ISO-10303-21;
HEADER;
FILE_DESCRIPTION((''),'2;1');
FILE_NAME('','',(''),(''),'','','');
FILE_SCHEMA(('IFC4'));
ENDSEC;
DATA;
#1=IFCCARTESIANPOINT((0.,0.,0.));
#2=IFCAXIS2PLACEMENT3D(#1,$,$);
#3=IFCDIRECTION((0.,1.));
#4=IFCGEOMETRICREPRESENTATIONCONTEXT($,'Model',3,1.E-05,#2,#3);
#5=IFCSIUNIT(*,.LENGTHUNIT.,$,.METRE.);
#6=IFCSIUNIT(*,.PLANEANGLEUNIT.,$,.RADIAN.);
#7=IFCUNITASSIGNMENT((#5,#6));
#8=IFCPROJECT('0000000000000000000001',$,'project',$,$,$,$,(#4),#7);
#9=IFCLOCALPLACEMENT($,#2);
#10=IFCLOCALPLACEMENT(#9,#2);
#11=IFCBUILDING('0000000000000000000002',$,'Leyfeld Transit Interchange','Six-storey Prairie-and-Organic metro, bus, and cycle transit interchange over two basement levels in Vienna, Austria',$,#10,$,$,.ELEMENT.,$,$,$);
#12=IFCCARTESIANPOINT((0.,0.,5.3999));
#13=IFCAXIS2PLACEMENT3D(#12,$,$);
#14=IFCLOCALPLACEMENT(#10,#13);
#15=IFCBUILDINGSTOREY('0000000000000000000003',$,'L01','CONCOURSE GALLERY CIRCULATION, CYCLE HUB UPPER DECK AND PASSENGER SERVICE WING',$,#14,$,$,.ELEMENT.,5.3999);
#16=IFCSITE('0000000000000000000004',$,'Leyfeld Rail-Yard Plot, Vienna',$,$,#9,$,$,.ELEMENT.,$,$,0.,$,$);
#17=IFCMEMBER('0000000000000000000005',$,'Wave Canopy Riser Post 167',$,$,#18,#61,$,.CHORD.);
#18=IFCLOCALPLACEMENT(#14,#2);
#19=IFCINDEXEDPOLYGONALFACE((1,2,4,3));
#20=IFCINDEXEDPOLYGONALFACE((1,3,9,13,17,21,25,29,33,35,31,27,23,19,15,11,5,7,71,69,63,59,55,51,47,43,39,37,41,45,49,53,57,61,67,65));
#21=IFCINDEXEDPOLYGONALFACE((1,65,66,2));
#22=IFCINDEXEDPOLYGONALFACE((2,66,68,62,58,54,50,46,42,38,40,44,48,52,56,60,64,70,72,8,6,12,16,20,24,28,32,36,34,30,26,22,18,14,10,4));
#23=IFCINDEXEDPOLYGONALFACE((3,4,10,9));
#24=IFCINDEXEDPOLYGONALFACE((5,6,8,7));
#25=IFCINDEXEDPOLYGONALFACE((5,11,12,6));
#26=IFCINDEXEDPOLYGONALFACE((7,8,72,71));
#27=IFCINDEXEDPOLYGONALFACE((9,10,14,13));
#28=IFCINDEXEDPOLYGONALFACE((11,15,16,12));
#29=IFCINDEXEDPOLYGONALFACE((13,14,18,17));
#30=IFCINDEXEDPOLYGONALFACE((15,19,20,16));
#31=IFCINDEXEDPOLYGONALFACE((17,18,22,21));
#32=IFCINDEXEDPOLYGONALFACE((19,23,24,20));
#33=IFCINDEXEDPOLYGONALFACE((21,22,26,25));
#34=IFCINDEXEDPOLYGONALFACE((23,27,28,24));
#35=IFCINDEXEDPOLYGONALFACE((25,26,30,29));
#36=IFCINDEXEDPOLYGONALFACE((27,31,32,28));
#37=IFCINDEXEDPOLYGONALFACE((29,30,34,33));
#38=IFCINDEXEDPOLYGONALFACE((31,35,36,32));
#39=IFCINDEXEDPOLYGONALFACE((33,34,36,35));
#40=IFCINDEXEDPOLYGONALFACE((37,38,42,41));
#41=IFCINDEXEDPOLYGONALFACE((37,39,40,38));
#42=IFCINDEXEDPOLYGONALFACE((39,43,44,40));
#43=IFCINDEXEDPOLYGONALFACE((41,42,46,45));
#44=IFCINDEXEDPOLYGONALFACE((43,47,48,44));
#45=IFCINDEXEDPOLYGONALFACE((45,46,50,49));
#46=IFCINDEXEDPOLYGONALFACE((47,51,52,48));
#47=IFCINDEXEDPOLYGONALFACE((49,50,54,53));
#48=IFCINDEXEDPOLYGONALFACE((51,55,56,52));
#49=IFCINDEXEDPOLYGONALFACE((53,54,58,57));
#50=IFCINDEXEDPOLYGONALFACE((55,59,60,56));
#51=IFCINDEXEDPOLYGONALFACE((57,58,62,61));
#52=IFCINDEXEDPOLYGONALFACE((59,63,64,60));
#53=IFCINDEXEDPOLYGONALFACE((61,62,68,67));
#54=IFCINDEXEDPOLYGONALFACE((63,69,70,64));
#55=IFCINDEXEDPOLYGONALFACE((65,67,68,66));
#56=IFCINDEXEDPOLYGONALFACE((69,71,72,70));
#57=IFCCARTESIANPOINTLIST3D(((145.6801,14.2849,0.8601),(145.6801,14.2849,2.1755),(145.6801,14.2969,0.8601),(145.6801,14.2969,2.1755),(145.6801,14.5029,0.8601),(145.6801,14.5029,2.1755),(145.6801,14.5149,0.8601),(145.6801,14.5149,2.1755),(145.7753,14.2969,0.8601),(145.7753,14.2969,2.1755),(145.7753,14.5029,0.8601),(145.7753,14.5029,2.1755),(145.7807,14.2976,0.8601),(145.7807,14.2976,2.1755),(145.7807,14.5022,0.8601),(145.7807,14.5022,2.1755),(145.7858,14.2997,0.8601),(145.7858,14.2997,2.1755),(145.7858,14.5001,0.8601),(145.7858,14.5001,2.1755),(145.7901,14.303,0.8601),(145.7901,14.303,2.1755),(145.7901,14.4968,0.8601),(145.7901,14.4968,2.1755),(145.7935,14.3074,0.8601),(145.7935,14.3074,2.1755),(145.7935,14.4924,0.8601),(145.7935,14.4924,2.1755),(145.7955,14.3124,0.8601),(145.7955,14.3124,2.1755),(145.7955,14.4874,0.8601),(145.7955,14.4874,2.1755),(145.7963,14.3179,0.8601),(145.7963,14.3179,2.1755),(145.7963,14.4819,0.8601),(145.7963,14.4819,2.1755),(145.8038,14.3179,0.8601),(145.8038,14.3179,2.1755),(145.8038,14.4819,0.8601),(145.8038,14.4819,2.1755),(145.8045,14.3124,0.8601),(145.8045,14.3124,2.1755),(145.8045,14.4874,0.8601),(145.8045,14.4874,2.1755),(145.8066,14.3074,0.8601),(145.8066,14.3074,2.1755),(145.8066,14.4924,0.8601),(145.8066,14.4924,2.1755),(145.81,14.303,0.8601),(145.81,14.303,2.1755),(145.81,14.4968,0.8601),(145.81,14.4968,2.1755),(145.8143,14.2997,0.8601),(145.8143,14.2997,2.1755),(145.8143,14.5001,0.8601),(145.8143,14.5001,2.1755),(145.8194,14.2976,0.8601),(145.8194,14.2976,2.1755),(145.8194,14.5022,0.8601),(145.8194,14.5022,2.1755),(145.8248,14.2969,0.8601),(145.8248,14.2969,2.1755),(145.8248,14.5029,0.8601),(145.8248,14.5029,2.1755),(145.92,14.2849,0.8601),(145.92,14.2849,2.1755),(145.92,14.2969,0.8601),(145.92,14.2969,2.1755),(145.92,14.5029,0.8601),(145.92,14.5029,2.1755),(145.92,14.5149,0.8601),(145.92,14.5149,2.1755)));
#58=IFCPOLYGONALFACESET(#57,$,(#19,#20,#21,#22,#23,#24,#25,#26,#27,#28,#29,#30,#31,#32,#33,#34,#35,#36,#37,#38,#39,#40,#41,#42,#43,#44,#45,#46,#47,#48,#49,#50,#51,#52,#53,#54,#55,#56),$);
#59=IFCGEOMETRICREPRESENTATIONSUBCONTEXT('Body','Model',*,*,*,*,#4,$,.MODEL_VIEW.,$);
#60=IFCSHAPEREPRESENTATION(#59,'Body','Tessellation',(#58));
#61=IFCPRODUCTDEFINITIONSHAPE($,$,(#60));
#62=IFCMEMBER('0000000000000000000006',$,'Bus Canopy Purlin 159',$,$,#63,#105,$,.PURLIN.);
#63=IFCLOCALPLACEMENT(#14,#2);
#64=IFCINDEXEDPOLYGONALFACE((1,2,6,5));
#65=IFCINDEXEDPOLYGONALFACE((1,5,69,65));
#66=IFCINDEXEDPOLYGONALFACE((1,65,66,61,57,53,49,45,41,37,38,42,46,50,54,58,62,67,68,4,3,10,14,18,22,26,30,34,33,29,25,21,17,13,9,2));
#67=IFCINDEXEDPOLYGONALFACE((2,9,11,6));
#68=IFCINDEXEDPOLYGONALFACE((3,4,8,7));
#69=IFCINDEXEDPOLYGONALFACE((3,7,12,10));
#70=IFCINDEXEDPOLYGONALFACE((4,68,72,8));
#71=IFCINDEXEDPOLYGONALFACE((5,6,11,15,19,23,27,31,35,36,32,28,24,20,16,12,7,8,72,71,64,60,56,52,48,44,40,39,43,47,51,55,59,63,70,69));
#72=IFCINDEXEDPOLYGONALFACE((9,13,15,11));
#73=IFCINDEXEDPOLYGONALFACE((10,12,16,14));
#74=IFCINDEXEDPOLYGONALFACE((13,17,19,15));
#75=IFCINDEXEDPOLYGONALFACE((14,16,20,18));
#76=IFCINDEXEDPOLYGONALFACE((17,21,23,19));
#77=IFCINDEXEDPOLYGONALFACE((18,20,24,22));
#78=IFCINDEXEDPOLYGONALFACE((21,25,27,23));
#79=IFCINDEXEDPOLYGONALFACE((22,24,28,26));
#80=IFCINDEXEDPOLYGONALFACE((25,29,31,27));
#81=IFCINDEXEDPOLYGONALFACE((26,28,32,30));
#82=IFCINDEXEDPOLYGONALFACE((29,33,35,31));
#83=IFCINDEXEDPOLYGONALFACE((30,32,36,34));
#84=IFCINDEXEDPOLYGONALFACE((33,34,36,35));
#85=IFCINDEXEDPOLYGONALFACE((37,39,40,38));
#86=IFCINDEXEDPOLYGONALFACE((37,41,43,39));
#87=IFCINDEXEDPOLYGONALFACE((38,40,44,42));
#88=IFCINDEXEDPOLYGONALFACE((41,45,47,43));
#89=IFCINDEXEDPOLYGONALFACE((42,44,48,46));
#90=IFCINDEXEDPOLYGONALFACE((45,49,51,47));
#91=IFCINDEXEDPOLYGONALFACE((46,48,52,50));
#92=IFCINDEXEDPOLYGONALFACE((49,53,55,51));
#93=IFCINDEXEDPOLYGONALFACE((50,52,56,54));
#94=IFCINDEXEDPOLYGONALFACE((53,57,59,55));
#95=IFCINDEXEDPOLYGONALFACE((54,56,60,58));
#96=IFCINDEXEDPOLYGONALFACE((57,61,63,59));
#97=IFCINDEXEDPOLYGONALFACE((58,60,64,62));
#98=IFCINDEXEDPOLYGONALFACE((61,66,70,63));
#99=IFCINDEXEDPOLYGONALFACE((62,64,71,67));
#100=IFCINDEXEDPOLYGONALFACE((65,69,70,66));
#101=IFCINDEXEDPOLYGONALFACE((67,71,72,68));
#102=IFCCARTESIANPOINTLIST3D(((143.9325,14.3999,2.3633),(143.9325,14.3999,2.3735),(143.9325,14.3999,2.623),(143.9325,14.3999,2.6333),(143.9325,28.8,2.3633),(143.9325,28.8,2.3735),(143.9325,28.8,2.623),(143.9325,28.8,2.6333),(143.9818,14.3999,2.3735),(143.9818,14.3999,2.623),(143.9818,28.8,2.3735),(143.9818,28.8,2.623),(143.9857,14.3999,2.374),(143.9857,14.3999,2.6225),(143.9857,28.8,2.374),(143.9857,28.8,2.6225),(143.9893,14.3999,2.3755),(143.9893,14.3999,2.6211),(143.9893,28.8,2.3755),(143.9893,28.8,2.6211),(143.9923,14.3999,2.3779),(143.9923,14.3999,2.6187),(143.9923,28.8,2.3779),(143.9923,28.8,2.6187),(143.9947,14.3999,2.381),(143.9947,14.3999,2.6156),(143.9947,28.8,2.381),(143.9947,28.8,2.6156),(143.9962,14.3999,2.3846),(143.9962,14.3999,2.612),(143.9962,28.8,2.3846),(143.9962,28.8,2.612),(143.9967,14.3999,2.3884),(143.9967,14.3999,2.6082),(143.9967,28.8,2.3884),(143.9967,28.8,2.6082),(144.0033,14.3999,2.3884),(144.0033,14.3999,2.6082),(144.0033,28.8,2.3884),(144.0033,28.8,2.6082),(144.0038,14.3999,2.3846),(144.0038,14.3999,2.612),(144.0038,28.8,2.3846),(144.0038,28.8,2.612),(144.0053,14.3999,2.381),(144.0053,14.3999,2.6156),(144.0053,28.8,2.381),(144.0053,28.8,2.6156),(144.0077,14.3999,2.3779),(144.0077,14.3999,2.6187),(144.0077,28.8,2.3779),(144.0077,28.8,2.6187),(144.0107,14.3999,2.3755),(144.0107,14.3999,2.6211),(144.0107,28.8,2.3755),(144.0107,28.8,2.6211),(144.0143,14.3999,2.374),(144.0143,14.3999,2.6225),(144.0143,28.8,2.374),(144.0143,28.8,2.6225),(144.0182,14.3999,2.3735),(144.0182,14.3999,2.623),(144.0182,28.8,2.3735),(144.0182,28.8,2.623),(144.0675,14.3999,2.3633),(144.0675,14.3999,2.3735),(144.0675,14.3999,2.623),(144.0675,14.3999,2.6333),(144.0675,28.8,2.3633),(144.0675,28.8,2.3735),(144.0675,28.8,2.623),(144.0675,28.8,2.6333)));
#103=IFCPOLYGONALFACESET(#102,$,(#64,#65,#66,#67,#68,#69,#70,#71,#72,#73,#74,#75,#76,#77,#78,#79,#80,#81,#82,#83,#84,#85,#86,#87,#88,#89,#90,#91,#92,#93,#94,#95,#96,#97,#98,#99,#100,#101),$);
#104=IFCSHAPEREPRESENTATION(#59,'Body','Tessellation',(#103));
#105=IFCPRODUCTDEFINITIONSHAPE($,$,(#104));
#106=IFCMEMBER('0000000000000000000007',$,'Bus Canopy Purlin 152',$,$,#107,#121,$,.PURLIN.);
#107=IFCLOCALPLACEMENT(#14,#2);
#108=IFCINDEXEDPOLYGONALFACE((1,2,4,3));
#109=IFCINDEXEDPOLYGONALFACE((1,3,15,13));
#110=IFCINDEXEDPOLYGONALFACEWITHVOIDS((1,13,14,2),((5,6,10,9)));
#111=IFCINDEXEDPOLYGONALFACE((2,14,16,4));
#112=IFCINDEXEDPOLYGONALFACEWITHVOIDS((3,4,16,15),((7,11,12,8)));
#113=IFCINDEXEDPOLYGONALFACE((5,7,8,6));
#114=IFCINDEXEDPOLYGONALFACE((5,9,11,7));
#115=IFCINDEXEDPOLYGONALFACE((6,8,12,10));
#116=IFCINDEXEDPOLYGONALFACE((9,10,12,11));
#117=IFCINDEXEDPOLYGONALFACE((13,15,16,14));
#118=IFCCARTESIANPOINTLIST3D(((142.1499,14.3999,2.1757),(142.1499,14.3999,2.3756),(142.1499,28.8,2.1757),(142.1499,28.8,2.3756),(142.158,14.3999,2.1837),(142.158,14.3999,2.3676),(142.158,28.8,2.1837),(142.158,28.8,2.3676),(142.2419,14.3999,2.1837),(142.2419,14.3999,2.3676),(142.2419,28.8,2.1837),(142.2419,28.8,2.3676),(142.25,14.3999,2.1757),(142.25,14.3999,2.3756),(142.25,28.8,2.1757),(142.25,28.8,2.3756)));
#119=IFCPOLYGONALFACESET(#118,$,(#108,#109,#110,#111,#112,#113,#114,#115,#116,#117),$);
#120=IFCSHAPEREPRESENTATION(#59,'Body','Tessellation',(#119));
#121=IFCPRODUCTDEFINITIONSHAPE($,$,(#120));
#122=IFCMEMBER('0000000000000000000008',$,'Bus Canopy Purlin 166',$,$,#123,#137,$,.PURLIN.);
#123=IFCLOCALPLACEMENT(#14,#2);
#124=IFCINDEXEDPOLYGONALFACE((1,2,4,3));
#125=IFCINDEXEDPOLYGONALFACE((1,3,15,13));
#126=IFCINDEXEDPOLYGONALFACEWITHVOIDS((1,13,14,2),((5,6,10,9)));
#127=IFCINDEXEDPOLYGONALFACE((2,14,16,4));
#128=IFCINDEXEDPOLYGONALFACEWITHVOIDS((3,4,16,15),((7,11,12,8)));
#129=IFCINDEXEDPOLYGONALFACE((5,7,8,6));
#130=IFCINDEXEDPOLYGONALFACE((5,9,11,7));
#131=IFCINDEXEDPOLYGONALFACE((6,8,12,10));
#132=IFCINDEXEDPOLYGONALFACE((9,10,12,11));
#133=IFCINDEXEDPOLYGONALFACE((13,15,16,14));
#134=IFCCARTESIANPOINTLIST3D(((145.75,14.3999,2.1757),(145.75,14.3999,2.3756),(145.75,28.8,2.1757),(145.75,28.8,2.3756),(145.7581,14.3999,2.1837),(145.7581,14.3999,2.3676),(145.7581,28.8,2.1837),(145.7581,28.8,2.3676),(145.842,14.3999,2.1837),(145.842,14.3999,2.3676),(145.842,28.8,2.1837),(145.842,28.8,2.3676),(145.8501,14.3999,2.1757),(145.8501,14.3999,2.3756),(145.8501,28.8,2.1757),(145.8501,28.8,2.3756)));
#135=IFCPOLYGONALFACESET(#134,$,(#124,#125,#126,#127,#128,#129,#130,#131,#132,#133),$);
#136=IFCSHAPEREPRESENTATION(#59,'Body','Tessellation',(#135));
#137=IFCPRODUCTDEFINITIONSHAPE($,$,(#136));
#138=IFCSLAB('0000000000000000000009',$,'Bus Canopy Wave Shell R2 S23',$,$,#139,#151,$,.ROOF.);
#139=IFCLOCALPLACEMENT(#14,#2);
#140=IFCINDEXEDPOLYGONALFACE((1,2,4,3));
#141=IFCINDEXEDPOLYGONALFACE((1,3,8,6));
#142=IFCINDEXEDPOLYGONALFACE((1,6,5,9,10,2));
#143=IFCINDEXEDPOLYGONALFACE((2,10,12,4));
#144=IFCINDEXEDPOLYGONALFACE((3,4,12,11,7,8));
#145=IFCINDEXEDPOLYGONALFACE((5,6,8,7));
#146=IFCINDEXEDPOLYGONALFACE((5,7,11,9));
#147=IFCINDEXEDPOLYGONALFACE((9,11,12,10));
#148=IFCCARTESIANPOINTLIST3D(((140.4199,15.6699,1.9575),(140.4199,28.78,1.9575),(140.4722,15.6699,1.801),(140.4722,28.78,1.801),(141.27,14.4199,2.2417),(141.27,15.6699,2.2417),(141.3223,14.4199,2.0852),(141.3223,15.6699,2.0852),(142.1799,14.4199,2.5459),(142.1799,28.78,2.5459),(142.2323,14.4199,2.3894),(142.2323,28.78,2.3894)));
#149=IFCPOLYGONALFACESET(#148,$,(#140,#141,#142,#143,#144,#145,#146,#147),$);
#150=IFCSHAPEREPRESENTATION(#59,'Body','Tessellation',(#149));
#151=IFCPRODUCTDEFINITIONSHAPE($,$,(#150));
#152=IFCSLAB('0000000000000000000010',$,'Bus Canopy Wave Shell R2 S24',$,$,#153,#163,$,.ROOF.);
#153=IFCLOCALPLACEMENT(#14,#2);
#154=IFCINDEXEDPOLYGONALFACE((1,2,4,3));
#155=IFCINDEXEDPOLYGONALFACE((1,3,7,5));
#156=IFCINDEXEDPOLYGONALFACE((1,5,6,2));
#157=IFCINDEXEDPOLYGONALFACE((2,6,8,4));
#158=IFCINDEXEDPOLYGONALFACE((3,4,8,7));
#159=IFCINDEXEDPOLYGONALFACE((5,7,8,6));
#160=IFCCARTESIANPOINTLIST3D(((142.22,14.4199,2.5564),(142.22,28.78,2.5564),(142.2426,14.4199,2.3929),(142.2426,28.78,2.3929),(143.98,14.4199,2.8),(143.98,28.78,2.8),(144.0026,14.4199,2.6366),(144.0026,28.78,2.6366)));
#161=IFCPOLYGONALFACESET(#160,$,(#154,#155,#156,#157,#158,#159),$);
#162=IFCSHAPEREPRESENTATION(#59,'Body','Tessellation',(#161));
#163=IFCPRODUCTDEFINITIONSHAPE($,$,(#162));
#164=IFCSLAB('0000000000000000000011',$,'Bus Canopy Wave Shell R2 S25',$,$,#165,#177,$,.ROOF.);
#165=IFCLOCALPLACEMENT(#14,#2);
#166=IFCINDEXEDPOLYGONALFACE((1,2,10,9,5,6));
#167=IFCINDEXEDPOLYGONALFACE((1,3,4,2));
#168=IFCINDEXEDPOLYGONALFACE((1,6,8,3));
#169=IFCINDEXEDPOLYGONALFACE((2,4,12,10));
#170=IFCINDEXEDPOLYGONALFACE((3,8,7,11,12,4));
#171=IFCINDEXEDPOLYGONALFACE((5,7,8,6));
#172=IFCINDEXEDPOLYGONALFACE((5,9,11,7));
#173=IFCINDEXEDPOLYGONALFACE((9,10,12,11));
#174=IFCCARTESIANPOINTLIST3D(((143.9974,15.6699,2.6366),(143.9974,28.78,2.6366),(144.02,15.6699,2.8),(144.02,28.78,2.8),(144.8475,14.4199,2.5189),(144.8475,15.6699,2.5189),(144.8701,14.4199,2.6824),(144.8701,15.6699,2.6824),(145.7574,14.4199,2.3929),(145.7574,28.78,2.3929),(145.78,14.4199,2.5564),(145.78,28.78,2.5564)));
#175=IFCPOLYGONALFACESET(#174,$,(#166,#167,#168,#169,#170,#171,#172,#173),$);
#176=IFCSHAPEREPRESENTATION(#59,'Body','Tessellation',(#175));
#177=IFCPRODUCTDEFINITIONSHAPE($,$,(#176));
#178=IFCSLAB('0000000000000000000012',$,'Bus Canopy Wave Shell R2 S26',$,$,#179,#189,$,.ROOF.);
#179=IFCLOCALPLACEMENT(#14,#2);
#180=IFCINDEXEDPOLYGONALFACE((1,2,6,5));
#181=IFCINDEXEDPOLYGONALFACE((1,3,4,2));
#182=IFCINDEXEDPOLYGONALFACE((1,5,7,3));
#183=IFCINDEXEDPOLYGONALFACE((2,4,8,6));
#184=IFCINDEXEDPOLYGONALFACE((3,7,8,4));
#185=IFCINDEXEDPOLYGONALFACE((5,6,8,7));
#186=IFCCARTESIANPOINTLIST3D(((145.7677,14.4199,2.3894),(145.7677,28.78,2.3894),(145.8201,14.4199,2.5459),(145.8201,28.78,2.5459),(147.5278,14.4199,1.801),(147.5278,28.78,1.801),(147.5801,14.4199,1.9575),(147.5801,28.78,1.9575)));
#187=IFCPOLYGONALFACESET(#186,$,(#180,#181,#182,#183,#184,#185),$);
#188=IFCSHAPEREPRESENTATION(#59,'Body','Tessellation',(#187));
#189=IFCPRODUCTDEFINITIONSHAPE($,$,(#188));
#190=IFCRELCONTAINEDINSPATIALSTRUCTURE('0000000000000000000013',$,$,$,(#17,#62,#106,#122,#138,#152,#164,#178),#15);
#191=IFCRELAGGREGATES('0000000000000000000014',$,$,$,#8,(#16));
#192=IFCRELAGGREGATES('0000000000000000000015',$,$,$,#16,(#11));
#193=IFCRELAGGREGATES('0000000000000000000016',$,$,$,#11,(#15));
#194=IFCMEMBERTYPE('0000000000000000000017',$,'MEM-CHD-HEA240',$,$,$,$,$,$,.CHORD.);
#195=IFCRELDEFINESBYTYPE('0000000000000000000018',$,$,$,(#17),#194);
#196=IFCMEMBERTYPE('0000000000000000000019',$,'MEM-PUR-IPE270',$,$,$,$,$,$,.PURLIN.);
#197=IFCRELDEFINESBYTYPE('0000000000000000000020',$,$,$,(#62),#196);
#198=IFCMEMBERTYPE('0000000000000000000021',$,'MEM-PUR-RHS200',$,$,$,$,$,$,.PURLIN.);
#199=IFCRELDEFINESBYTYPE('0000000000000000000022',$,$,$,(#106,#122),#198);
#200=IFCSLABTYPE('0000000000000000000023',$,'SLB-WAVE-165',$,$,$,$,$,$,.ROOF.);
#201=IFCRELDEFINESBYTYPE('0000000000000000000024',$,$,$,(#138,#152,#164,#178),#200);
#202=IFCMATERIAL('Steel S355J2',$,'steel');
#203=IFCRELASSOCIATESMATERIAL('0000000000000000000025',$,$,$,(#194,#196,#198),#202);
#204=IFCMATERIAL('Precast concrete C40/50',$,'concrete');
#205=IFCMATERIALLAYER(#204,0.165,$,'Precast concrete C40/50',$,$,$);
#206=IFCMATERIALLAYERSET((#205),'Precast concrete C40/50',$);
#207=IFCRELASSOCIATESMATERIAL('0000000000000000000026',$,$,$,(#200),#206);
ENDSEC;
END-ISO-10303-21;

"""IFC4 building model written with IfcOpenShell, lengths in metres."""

from ifc_helpers import new_model, si_unit, direction, frame, origin, origin_2d, place, context, subcontext, project, spatial, polyline, hollow_rectangle, i_section, outline, extrude, material, layer, layer_set, material_profile, profile_set, type_object, element, save


model = new_model("IFC4")

# Units and contexts
model_context = context("Model", 3, precision=1e-05, world=origin(), true_north=direction((0.0, 1.0)))
body_context = subcontext(model_context, "Body", "Model", "MODEL_VIEW")
ifc_project = project(units=[si_unit("LENGTHUNIT", "METRE"), si_unit("PLANEANGLEUNIT", "RADIAN")], contexts=[model_context])

# Site, building, storey
site_placement = place(None, origin())
site = spatial("IfcSite", under=ifc_project, at=site_placement, Name="Leyfeld Rail-Yard Plot, Vienna", CompositionType="ELEMENT", RefElevation=0.0)
building_placement = place(site_placement, origin())
building = spatial("IfcBuilding", under=site, at=building_placement, Name="Leyfeld Transit Interchange", Description="Six-storey Prairie-and-Organic metro, bus, and cycle transit interchange over two basement levels in Vienna, Austria", CompositionType="ELEMENT")
storey_placement = place(building_placement, frame((0.0, 0.0, 5.3999)))
storey = spatial("IfcBuildingStorey", under=building, at=storey_placement, Name="L01", Description="CONCOURSE GALLERY CIRCULATION, CYCLE HUB UPPER DECK AND PASSENGER SERVICE WING", CompositionType="ELEMENT", Elevation=5.3999)

# Shared definitions
ifc_material_1 = material(Name="Steel S355J2", Category="steel")

# Members
ifc_material_profile_1 = material_profile(ifc_material_1, i_section(OverallWidth=0.24, OverallDepth=0.23, WebThickness=0.0076, FlangeThickness=0.012, FilletRadius=0.021, at=origin_2d()), Name="HEA 240")
ifc_profile_set_1 = profile_set([ifc_material_profile_1], Name="Steel S355J2")
member_type_1 = type_object("IfcMemberType", Name="MEM-CHD-HEA240", PredefinedType="CHORD", material=ifc_profile_set_1)
member_1_placement = place(storey_placement, frame((145.8, 14.3999, 0.8601), z_axis=(0.0, 0.0, 1.0), x_axis=(1.0, 0.0, 0.0)))
element("IfcMember", 1, at=member_1_placement, inside=storey, type_object=member_type_1, Name="Wave Canopy Riser Post 167", PredefinedType="CHORD", context=body_context, shape_type="SweptSolid", body=[
    extrude(i_section(OverallWidth=0.24, OverallDepth=0.23, WebThickness=0.0076, FlangeThickness=0.012, FilletRadius=0.021, at=origin_2d()), origin(), (0.0, 0.0, 1.0), 1.3154),
])
ifc_material_profile_2 = material_profile(ifc_material_1, i_section(OverallWidth=0.135, OverallDepth=0.27, WebThickness=0.0066, FlangeThickness=0.0103, FilletRadius=0.0149, at=origin_2d()), Name="IPE 270")
ifc_profile_set_2 = profile_set([ifc_material_profile_2], Name="Steel S355J2")
member_type_2 = type_object("IfcMemberType", Name="MEM-PUR-IPE270", PredefinedType="PURLIN", material=ifc_profile_set_2)
member_2_placement = place(storey_placement, frame((144.0, 14.3999, 2.4983), z_axis=(0.0, 1.0, 0.0), x_axis=(-1.0, 0.0, 0.0)))
element("IfcMember", 2, at=member_2_placement, inside=storey, type_object=member_type_2, Name="Bus Canopy Purlin 159", PredefinedType="PURLIN", context=body_context, shape_type="SweptSolid", body=[
    extrude(i_section(OverallWidth=0.135, OverallDepth=0.27, WebThickness=0.0066, FlangeThickness=0.0103, FilletRadius=0.0149, at=origin_2d()), origin(), (0.0, 0.0, 1.0), 14.4001),
])
ifc_material_profile_3 = material_profile(ifc_material_1, hollow_rectangle(XDim=0.1001, YDim=0.2, WallThickness=0.0081, at=origin_2d()), Name="RHS 200x100x8")
ifc_profile_set_3 = profile_set([ifc_material_profile_3], Name="Steel S355J2")
member_type_3 = type_object("IfcMemberType", Name="MEM-PUR-RHS200", PredefinedType="PURLIN", material=ifc_profile_set_3)
for number, where, z_axis, x_axis, name in (
    (3, (142.2, 14.3999, 2.2756), (0.0, 1.0, 0.0), (-1.0, 0.0, 0.0), "Bus Canopy Purlin 152"),
    (4, (145.8, 14.3999, 2.2756), (0.0, 1.0, 0.0), (-1.0, 0.0, 0.0), "Bus Canopy Purlin 166"),
):
    element("IfcMember", number, at=place(storey_placement, frame(where, z_axis=z_axis, x_axis=x_axis)), inside=storey, type_object=member_type_3, Name=name, PredefinedType="PURLIN", context=body_context, shape_type="SweptSolid", body=[
        extrude(hollow_rectangle(XDim=0.1001, YDim=0.2, WallThickness=0.0081, at=origin_2d()), origin(), (0.0, 0.0, 1.0), 14.4001),
    ])

# Slabs
ifc_material_2 = material(Name="Precast concrete C40/50", Category="concrete")
ifc_layer = layer(ifc_material_2, 0.165, Name="Precast concrete C40/50")
ifc_layer_set = layer_set([ifc_layer], Name="Precast concrete C40/50")
slab_type = type_object("IfcSlabType", Name="SLB-WAVE-165", PredefinedType="ROOF", material=ifc_layer_set)
slab_1_placement = place(storey_placement, frame((140.4199, 15.6699, 1.9575), z_axis=(-0.317057, 0.0, 0.948406), x_axis=(0.948406, 0.0, 0.317057)))
element("IfcSlab", 5, at=slab_1_placement, inside=storey, type_object=slab_type, Name="Bus Canopy Wave Shell R2 S23", PredefinedType="ROOF", context=body_context, shape_type="SweptSolid", body=[
    extrude(outline(polyline([(0.0, 0.0), (0.8963, 0.0), (0.8963, -1.25), (1.8558, -1.25), (1.8558, 13.1101), (0.0, 13.1101), (0.0, 0.0)])), origin(), (0.0, 0.0, -1.0), 0.165),
])
slab_2_placement = place(storey_placement, frame((142.22, 14.4199, 2.5564), z_axis=(-0.13713, 0.0, 0.990553), x_axis=(0.990553, 0.0, 0.13713)))
element("IfcSlab", 6, at=slab_2_placement, inside=storey, type_object=slab_type, Name="Bus Canopy Wave Shell R2 S24", PredefinedType="ROOF", context=body_context, shape_type="SweptSolid", body=[
    extrude(outline(polyline([(0.0, 0.0), (1.7768, 0.0), (1.7768, 14.3601), (0.0, 14.3601), (0.0, 0.0)])), origin(), (0.0, 0.0, -1.0), 0.165),
])
slab_3_placement = place(storey_placement, frame((144.02, 15.6699, 2.8), z_axis=(0.137131, 0.0, 0.990553), x_axis=(0.990553, 0.0, -0.137131)))
element("IfcSlab", 7, at=slab_3_placement, inside=storey, type_object=slab_type, Name="Bus Canopy Wave Shell R2 S25", PredefinedType="ROOF", context=body_context, shape_type="SweptSolid", body=[
    extrude(outline(polyline([(0.0, 0.0), (0.8582, 0.0), (0.8582, -1.25), (1.7768, -1.25), (1.7768, 13.1101), (0.0, 13.1101), (0.0, 0.0)])), origin(), (0.0, 0.0, -1.0), 0.165),
])
slab_4_placement = place(storey_placement, frame((145.8201, 14.4199, 2.5459), z_axis=(0.317056, 0.0, 0.948407), x_axis=(0.948407, 0.0, -0.317056)))
element("IfcSlab", 8, at=slab_4_placement, inside=storey, type_object=slab_type, Name="Bus Canopy Wave Shell R2 S26", PredefinedType="ROOF", context=body_context, shape_type="SweptSolid", body=[
    extrude(outline(polyline([(0.0, 0.0), (1.8558, 0.0), (1.8558, 14.3601), (0.0, 14.3601), (0.0, 0.0)])), origin(), (0.0, 0.0, -1.0), 0.165),
])

save(model, "model.ifc")
